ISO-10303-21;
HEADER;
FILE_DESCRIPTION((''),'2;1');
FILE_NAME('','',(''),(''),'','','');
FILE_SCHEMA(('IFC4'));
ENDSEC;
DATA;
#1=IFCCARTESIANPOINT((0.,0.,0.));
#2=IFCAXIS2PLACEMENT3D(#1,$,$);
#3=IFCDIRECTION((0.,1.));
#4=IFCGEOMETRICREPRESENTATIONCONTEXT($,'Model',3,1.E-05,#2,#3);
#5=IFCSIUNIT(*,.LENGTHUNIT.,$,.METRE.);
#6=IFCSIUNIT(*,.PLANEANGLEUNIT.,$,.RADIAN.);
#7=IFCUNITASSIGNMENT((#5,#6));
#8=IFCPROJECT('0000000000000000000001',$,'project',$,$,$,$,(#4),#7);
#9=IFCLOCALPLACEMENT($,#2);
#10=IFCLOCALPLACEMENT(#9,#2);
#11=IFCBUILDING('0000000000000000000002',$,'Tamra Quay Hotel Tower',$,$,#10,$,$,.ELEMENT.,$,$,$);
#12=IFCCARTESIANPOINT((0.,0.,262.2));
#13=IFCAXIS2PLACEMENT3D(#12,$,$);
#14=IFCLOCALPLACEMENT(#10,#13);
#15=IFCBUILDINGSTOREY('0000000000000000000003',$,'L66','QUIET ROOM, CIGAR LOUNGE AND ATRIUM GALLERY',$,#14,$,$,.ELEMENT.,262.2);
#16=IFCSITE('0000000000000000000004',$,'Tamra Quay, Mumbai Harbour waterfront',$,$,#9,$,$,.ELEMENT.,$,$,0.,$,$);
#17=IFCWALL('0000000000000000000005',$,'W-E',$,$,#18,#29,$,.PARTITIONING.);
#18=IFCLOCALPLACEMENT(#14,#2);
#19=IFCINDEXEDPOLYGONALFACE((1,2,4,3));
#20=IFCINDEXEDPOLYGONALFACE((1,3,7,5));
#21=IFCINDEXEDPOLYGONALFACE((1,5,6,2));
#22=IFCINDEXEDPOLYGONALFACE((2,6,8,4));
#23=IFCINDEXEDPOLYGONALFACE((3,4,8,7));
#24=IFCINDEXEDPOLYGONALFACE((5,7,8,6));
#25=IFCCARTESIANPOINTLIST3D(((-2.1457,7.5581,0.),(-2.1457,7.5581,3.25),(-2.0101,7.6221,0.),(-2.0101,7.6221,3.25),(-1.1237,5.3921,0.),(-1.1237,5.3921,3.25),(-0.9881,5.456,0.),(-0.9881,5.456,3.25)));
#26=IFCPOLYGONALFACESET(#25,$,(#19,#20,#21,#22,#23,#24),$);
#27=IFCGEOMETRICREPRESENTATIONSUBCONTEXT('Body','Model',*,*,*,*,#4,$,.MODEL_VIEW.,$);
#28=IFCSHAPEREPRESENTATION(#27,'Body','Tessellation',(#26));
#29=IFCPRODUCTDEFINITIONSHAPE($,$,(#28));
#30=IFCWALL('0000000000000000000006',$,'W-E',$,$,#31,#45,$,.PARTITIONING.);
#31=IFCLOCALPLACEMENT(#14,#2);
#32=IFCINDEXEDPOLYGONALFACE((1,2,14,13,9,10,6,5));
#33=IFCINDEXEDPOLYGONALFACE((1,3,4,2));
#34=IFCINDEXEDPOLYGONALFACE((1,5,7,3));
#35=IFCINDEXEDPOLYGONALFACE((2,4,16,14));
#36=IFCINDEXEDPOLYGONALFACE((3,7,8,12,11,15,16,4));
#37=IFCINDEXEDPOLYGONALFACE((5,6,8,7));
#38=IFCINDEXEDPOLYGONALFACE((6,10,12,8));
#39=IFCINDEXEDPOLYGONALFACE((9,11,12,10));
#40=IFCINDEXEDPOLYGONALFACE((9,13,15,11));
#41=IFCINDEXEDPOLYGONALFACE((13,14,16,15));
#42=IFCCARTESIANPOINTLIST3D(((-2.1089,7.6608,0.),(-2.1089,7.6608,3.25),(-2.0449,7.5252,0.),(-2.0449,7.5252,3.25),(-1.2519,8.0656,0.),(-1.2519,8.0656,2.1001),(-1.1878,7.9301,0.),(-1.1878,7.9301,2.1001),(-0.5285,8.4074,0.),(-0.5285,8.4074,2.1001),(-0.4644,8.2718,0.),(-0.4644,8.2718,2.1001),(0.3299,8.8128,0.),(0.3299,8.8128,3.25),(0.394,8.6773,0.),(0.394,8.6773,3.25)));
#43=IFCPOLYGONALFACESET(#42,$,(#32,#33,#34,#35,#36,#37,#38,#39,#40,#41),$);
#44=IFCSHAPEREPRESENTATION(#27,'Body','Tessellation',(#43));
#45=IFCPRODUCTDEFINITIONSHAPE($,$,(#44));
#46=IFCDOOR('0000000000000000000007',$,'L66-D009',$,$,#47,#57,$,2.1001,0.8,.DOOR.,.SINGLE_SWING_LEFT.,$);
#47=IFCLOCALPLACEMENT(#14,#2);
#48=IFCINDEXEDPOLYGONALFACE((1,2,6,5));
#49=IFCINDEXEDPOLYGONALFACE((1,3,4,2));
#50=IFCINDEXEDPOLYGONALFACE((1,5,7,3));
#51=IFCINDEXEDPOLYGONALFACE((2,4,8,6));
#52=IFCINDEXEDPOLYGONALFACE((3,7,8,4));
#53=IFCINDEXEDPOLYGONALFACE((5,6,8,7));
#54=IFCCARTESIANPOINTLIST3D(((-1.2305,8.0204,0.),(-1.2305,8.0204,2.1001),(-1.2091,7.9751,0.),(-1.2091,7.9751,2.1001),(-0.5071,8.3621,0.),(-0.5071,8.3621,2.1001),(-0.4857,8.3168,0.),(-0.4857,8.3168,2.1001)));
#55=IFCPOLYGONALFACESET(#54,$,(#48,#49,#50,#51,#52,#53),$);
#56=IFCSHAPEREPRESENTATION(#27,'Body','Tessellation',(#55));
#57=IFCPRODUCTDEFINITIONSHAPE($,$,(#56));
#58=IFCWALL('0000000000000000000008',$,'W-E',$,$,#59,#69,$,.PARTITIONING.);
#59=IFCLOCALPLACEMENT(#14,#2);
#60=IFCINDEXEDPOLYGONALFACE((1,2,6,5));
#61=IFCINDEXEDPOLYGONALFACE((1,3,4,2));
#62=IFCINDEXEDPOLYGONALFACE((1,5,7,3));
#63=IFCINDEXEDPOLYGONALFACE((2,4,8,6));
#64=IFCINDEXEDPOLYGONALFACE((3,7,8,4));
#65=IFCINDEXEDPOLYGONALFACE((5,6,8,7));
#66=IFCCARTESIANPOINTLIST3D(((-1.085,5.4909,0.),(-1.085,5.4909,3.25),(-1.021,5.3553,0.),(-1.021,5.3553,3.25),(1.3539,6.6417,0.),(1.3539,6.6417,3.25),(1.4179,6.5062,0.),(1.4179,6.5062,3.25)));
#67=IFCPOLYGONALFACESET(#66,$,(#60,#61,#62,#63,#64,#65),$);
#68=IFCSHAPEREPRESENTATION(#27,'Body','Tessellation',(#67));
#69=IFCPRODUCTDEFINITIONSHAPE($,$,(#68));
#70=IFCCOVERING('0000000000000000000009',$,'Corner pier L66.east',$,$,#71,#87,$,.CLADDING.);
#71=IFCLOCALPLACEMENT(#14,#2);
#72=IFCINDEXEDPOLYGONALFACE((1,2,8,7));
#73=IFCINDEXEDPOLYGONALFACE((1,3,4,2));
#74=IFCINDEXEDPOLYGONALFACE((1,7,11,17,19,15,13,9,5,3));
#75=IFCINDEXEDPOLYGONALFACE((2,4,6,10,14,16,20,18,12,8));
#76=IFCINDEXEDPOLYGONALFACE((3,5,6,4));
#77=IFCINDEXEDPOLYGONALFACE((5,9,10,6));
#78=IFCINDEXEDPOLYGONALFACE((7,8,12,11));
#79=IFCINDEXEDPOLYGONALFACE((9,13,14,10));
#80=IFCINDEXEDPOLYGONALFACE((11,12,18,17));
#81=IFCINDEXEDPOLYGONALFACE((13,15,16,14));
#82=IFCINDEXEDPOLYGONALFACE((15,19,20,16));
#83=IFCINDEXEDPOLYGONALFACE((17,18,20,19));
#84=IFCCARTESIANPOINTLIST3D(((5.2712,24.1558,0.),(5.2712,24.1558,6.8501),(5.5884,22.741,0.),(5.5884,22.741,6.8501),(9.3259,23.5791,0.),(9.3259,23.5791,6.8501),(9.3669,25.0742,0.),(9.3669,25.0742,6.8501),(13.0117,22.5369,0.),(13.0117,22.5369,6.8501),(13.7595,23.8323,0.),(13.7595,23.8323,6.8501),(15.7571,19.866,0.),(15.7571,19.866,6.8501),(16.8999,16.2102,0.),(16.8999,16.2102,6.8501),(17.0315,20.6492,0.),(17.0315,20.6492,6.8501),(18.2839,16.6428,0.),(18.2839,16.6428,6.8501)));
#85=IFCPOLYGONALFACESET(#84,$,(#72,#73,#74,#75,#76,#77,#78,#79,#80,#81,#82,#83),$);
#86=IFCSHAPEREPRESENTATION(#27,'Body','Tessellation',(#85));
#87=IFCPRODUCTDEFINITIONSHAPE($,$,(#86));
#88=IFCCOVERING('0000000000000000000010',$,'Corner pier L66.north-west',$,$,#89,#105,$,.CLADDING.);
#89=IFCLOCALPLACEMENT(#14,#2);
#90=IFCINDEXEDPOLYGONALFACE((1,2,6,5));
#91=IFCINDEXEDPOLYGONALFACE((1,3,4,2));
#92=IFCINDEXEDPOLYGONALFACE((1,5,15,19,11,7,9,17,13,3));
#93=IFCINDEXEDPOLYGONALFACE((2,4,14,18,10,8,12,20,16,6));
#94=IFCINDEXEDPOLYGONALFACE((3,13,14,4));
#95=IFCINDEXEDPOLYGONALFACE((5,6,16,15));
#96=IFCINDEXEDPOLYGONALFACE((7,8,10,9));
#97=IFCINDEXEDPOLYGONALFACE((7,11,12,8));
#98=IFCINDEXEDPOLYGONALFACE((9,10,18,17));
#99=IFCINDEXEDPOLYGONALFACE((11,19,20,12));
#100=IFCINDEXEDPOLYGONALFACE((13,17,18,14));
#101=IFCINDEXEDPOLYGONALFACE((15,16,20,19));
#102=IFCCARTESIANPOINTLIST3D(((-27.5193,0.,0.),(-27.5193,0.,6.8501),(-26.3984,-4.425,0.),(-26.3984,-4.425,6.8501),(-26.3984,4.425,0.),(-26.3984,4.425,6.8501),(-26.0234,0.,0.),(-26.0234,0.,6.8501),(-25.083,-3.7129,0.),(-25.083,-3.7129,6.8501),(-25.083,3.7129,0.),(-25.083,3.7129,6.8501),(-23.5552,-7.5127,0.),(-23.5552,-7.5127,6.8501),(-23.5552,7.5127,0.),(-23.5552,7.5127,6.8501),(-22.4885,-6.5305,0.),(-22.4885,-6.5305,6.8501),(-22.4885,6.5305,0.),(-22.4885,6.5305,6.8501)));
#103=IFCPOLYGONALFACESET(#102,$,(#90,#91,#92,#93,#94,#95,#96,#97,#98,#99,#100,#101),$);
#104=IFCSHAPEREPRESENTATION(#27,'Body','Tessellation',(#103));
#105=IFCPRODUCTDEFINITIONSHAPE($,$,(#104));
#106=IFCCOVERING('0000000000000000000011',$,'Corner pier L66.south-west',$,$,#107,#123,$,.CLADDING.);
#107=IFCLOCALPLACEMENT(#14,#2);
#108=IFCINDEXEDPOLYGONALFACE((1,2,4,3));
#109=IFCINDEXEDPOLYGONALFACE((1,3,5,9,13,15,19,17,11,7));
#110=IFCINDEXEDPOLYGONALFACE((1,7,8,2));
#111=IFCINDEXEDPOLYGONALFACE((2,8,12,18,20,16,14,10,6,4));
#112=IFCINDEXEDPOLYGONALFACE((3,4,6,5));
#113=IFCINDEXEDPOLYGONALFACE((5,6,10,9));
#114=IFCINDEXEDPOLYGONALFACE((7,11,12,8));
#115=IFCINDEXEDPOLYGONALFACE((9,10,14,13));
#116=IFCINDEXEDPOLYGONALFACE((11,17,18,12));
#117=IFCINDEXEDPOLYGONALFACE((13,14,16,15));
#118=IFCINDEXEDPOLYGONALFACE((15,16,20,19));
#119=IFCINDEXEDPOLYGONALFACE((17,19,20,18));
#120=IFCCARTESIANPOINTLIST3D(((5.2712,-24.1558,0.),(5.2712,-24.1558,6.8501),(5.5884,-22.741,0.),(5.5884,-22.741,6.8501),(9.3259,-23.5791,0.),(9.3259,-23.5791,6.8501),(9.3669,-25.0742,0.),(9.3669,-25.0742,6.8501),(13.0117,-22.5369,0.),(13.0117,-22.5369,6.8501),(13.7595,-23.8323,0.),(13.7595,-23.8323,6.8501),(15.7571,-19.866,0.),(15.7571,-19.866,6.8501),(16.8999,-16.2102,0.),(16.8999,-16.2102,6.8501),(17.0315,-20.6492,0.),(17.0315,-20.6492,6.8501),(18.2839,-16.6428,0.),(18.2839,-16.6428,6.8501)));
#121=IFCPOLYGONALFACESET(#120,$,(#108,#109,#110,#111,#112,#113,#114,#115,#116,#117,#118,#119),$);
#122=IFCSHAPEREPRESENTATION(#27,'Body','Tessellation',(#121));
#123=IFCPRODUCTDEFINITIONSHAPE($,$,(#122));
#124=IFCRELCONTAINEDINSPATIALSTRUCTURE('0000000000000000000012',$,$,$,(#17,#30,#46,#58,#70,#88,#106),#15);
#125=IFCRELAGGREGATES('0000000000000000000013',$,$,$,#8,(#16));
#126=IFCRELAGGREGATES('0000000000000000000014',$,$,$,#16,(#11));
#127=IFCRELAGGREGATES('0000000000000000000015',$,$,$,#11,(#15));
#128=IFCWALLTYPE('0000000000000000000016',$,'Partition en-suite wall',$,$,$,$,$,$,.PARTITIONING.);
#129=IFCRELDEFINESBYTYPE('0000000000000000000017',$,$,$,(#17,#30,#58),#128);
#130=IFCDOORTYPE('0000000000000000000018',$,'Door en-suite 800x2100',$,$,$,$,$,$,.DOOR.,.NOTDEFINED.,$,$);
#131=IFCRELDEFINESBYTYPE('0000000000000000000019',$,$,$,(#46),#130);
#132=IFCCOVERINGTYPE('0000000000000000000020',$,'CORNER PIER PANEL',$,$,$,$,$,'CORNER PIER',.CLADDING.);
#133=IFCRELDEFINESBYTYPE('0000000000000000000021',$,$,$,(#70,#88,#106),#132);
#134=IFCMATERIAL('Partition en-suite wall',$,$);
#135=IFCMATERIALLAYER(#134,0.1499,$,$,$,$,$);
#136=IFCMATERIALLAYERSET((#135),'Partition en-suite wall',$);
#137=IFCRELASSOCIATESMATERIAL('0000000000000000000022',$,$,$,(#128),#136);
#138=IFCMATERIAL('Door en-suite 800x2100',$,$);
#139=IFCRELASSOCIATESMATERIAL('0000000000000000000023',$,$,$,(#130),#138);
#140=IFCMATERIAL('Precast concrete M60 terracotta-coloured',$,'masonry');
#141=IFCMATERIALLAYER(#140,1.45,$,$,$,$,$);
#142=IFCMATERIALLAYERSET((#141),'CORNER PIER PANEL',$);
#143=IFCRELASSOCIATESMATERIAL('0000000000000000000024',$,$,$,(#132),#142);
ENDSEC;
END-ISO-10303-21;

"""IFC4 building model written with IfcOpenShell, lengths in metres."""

from ifc_helpers import new_model, si_unit, direction, frame, frame_2d, origin, place, context, subcontext, project, spatial, polyline, rectangle, outline, extrude, material, layer, layer_set, type_object, element, fill, save


model = new_model("IFC4")

# Units and contexts
model_context = context("Model", 3, precision=1e-05, world=origin(), true_north=direction((0.0, 1.0)))
body_context = subcontext(model_context, "Body", "Model", "MODEL_VIEW")
ifc_project = project(units=[si_unit("LENGTHUNIT", "METRE"), si_unit("PLANEANGLEUNIT", "RADIAN")], contexts=[model_context])

# Site, building, storey
site_placement = place(None, origin())
site = spatial("IfcSite", under=ifc_project, at=site_placement, Name="Tamra Quay, Mumbai Harbour waterfront", CompositionType="ELEMENT", RefElevation=0.0)
building_placement = place(site_placement, origin())
building = spatial("IfcBuilding", under=site, at=building_placement, Name="Tamra Quay Hotel Tower", CompositionType="ELEMENT")
storey_placement = place(building_placement, frame((0.0, 0.0, 262.2)))
storey = spatial("IfcBuildingStorey", under=building, at=storey_placement, Name="L66", Description="QUIET ROOM, CIGAR LOUNGE AND ATRIUM GALLERY", CompositionType="ELEMENT", Elevation=262.2)

# Wall
ifc_material_1 = material(Name="Partition en-suite wall")
ifc_layer_1 = layer(ifc_material_1, 0.1499)
ifc_layer_set_1 = layer_set([ifc_layer_1], Name="Partition en-suite wall")
wall_type_1 = type_object("IfcWallType", Name="Partition en-suite wall", PredefinedType="PARTITIONING", material=ifc_layer_set_1)
wall_1_placement = place(storey_placement, frame((-2.0779, 7.5901, 0.0), z_axis=(0.0, 0.0, 1.0), x_axis=(0.42671, -0.904389, 0.0)))
element("IfcWall", 1, at=wall_1_placement, inside=storey, type_object=wall_type_1, Name="W-E", PredefinedType="PARTITIONING", context=body_context, shape_type="SweptSolid", body=[
    extrude(rectangle(XDim=2.395, YDim=0.1499, at=frame_2d((1.1975, 0.0))), origin(), (0.0, 0.0, 1.0), 3.25),
])

# Wall, opening, door
wall_2_placement = place(storey_placement, frame((-2.0769, 7.593, 0.0), z_axis=(0.0, 0.0, 1.0), x_axis=(0.904196, 0.427117, 0.0)))
wall_2 = element("IfcWall", 2, at=wall_2_placement, inside=storey, type_object=wall_type_1, Name="W-E", PredefinedType="PARTITIONING", context=body_context, shape_type="SweptSolid", body=[
    extrude(rectangle(XDim=2.6973, YDim=0.1499, at=frame_2d((1.3486, 0.0))), origin(), (0.0, 0.0, 1.0), 3.25),
])
opening_1_placement = place(wall_2_placement, frame((0.948, 0.0, 0.0)))
opening_1 = element("IfcOpeningElement", 3, at=opening_1_placement, cuts=wall_2, PredefinedType="OPENING", context=body_context, shape_type="SweptSolid", body=[
    extrude(rectangle(XDim=0.8, YDim=2.1001, at=frame_2d((0.3999, 1.05))), frame((0.0, 0.085, 0.0), z_axis=(0.0, -1.0, 0.0), x_axis=(1.0, 0.0, 0.0)), (0.0, 0.0, 1.0), 0.1699),
])
ifc_material_2 = material(Name="Door en-suite 800x2100")
door_type_1 = type_object("IfcDoorType", Name="Door en-suite 800x2100", OperationType="NOTDEFINED", PredefinedType="DOOR", material=ifc_material_2)
door_1_placement = place(opening_1_placement, origin())
door_1 = element("IfcDoor", 4, at=door_1_placement, inside=storey, type_object=door_type_1, Name="L66-D009", OperationType="SINGLE_SWING_LEFT", OverallHeight=2.1001, OverallWidth=0.8, PredefinedType="DOOR", context=body_context, shape_type="SweptSolid", body=[
    extrude(rectangle(XDim=0.8, YDim=2.1001, at=frame_2d((0.3999, 1.05))), frame((0.0, 0.0249, 0.0), z_axis=(0.0, -1.0, 0.0), x_axis=(1.0, 0.0, 0.0)), (0.0, 0.0, 1.0), 0.05),
])
fill(opening_1, door_1)

# Wall
wall_3_placement = place(storey_placement, frame((-1.053, 5.4231, 0.0), z_axis=(0.0, 0.0, 1.0), x_axis=(0.904371, 0.426747, 0.0)))
element("IfcWall", 5, at=wall_3_placement, inside=storey, type_object=wall_type_1, Name="W-E", PredefinedType="PARTITIONING", context=body_context, shape_type="SweptSolid", body=[
    extrude(rectangle(XDim=2.6968, YDim=0.1499, at=frame_2d((1.3484, 0.0))), origin(), (0.0, 0.0, 1.0), 3.25),
])

# Coverings
ifc_material_3 = material(Name="Precast concrete M60 terracotta-coloured", Category="masonry")
ifc_layer_2 = layer(ifc_material_3, 1.45)
ifc_layer_set_2 = layer_set([ifc_layer_2], Name="CORNER PIER PANEL")
covering_type = type_object("IfcCoveringType", Name="CORNER PIER PANEL", ElementType="CORNER PIER", PredefinedType="CLADDING", material=ifc_layer_set_2)
covering_1_placement = place(storey_placement, origin())
element("IfcCovering", 6, at=covering_1_placement, inside=storey, type_object=covering_type, Name="Corner pier L66.east", PredefinedType="CLADDING", context=body_context, shape_type="SweptSolid", body=[
    extrude(outline(polyline([(16.8999, 16.2102), (18.2839, 16.6428), (17.0315, 20.6492), (13.7595, 23.8323), (9.3669, 25.0742), (5.2712, 24.1558), (5.5884, 22.741), (9.3259, 23.5791), (13.0117, 22.5369), (15.7571, 19.866), (16.8999, 16.2102)])), origin(), (0.0, 0.0, 1.0), 6.8501),
])
covering_2_placement = place(storey_placement, origin())
element("IfcCovering", 7, at=covering_2_placement, inside=storey, type_object=covering_type, Name="Corner pier L66.north-west", PredefinedType="CLADDING", context=body_context, shape_type="SweptSolid", body=[
    extrude(outline(polyline([(-22.4885, 6.5305), (-23.5552, 7.5127), (-26.3984, 4.425), (-27.5193, 0.0), (-26.3984, -4.425), (-23.5552, -7.5127), (-22.4885, -6.5305), (-25.083, -3.7129), (-26.0234, 0.0), (-25.083, 3.7129), (-22.4885, 6.5305)])), origin(), (0.0, 0.0, 1.0), 6.8501),
])
covering_3_placement = place(storey_placement, origin())
element("IfcCovering", 8, at=covering_3_placement, inside=storey, type_object=covering_type, Name="Corner pier L66.south-west", PredefinedType="CLADDING", context=body_context, shape_type="SweptSolid", body=[
    extrude(outline(polyline([(5.5884, -22.741), (5.2712, -24.1558), (9.3669, -25.0742), (13.7595, -23.8323), (17.0315, -20.6492), (18.2839, -16.6428), (16.8999, -16.2102), (15.7571, -19.866), (13.0117, -22.5369), (9.3259, -23.5791), (5.5884, -22.741)])), origin(), (0.0, 0.0, 1.0), 6.8501),
])

save(model, "model.ifc")
